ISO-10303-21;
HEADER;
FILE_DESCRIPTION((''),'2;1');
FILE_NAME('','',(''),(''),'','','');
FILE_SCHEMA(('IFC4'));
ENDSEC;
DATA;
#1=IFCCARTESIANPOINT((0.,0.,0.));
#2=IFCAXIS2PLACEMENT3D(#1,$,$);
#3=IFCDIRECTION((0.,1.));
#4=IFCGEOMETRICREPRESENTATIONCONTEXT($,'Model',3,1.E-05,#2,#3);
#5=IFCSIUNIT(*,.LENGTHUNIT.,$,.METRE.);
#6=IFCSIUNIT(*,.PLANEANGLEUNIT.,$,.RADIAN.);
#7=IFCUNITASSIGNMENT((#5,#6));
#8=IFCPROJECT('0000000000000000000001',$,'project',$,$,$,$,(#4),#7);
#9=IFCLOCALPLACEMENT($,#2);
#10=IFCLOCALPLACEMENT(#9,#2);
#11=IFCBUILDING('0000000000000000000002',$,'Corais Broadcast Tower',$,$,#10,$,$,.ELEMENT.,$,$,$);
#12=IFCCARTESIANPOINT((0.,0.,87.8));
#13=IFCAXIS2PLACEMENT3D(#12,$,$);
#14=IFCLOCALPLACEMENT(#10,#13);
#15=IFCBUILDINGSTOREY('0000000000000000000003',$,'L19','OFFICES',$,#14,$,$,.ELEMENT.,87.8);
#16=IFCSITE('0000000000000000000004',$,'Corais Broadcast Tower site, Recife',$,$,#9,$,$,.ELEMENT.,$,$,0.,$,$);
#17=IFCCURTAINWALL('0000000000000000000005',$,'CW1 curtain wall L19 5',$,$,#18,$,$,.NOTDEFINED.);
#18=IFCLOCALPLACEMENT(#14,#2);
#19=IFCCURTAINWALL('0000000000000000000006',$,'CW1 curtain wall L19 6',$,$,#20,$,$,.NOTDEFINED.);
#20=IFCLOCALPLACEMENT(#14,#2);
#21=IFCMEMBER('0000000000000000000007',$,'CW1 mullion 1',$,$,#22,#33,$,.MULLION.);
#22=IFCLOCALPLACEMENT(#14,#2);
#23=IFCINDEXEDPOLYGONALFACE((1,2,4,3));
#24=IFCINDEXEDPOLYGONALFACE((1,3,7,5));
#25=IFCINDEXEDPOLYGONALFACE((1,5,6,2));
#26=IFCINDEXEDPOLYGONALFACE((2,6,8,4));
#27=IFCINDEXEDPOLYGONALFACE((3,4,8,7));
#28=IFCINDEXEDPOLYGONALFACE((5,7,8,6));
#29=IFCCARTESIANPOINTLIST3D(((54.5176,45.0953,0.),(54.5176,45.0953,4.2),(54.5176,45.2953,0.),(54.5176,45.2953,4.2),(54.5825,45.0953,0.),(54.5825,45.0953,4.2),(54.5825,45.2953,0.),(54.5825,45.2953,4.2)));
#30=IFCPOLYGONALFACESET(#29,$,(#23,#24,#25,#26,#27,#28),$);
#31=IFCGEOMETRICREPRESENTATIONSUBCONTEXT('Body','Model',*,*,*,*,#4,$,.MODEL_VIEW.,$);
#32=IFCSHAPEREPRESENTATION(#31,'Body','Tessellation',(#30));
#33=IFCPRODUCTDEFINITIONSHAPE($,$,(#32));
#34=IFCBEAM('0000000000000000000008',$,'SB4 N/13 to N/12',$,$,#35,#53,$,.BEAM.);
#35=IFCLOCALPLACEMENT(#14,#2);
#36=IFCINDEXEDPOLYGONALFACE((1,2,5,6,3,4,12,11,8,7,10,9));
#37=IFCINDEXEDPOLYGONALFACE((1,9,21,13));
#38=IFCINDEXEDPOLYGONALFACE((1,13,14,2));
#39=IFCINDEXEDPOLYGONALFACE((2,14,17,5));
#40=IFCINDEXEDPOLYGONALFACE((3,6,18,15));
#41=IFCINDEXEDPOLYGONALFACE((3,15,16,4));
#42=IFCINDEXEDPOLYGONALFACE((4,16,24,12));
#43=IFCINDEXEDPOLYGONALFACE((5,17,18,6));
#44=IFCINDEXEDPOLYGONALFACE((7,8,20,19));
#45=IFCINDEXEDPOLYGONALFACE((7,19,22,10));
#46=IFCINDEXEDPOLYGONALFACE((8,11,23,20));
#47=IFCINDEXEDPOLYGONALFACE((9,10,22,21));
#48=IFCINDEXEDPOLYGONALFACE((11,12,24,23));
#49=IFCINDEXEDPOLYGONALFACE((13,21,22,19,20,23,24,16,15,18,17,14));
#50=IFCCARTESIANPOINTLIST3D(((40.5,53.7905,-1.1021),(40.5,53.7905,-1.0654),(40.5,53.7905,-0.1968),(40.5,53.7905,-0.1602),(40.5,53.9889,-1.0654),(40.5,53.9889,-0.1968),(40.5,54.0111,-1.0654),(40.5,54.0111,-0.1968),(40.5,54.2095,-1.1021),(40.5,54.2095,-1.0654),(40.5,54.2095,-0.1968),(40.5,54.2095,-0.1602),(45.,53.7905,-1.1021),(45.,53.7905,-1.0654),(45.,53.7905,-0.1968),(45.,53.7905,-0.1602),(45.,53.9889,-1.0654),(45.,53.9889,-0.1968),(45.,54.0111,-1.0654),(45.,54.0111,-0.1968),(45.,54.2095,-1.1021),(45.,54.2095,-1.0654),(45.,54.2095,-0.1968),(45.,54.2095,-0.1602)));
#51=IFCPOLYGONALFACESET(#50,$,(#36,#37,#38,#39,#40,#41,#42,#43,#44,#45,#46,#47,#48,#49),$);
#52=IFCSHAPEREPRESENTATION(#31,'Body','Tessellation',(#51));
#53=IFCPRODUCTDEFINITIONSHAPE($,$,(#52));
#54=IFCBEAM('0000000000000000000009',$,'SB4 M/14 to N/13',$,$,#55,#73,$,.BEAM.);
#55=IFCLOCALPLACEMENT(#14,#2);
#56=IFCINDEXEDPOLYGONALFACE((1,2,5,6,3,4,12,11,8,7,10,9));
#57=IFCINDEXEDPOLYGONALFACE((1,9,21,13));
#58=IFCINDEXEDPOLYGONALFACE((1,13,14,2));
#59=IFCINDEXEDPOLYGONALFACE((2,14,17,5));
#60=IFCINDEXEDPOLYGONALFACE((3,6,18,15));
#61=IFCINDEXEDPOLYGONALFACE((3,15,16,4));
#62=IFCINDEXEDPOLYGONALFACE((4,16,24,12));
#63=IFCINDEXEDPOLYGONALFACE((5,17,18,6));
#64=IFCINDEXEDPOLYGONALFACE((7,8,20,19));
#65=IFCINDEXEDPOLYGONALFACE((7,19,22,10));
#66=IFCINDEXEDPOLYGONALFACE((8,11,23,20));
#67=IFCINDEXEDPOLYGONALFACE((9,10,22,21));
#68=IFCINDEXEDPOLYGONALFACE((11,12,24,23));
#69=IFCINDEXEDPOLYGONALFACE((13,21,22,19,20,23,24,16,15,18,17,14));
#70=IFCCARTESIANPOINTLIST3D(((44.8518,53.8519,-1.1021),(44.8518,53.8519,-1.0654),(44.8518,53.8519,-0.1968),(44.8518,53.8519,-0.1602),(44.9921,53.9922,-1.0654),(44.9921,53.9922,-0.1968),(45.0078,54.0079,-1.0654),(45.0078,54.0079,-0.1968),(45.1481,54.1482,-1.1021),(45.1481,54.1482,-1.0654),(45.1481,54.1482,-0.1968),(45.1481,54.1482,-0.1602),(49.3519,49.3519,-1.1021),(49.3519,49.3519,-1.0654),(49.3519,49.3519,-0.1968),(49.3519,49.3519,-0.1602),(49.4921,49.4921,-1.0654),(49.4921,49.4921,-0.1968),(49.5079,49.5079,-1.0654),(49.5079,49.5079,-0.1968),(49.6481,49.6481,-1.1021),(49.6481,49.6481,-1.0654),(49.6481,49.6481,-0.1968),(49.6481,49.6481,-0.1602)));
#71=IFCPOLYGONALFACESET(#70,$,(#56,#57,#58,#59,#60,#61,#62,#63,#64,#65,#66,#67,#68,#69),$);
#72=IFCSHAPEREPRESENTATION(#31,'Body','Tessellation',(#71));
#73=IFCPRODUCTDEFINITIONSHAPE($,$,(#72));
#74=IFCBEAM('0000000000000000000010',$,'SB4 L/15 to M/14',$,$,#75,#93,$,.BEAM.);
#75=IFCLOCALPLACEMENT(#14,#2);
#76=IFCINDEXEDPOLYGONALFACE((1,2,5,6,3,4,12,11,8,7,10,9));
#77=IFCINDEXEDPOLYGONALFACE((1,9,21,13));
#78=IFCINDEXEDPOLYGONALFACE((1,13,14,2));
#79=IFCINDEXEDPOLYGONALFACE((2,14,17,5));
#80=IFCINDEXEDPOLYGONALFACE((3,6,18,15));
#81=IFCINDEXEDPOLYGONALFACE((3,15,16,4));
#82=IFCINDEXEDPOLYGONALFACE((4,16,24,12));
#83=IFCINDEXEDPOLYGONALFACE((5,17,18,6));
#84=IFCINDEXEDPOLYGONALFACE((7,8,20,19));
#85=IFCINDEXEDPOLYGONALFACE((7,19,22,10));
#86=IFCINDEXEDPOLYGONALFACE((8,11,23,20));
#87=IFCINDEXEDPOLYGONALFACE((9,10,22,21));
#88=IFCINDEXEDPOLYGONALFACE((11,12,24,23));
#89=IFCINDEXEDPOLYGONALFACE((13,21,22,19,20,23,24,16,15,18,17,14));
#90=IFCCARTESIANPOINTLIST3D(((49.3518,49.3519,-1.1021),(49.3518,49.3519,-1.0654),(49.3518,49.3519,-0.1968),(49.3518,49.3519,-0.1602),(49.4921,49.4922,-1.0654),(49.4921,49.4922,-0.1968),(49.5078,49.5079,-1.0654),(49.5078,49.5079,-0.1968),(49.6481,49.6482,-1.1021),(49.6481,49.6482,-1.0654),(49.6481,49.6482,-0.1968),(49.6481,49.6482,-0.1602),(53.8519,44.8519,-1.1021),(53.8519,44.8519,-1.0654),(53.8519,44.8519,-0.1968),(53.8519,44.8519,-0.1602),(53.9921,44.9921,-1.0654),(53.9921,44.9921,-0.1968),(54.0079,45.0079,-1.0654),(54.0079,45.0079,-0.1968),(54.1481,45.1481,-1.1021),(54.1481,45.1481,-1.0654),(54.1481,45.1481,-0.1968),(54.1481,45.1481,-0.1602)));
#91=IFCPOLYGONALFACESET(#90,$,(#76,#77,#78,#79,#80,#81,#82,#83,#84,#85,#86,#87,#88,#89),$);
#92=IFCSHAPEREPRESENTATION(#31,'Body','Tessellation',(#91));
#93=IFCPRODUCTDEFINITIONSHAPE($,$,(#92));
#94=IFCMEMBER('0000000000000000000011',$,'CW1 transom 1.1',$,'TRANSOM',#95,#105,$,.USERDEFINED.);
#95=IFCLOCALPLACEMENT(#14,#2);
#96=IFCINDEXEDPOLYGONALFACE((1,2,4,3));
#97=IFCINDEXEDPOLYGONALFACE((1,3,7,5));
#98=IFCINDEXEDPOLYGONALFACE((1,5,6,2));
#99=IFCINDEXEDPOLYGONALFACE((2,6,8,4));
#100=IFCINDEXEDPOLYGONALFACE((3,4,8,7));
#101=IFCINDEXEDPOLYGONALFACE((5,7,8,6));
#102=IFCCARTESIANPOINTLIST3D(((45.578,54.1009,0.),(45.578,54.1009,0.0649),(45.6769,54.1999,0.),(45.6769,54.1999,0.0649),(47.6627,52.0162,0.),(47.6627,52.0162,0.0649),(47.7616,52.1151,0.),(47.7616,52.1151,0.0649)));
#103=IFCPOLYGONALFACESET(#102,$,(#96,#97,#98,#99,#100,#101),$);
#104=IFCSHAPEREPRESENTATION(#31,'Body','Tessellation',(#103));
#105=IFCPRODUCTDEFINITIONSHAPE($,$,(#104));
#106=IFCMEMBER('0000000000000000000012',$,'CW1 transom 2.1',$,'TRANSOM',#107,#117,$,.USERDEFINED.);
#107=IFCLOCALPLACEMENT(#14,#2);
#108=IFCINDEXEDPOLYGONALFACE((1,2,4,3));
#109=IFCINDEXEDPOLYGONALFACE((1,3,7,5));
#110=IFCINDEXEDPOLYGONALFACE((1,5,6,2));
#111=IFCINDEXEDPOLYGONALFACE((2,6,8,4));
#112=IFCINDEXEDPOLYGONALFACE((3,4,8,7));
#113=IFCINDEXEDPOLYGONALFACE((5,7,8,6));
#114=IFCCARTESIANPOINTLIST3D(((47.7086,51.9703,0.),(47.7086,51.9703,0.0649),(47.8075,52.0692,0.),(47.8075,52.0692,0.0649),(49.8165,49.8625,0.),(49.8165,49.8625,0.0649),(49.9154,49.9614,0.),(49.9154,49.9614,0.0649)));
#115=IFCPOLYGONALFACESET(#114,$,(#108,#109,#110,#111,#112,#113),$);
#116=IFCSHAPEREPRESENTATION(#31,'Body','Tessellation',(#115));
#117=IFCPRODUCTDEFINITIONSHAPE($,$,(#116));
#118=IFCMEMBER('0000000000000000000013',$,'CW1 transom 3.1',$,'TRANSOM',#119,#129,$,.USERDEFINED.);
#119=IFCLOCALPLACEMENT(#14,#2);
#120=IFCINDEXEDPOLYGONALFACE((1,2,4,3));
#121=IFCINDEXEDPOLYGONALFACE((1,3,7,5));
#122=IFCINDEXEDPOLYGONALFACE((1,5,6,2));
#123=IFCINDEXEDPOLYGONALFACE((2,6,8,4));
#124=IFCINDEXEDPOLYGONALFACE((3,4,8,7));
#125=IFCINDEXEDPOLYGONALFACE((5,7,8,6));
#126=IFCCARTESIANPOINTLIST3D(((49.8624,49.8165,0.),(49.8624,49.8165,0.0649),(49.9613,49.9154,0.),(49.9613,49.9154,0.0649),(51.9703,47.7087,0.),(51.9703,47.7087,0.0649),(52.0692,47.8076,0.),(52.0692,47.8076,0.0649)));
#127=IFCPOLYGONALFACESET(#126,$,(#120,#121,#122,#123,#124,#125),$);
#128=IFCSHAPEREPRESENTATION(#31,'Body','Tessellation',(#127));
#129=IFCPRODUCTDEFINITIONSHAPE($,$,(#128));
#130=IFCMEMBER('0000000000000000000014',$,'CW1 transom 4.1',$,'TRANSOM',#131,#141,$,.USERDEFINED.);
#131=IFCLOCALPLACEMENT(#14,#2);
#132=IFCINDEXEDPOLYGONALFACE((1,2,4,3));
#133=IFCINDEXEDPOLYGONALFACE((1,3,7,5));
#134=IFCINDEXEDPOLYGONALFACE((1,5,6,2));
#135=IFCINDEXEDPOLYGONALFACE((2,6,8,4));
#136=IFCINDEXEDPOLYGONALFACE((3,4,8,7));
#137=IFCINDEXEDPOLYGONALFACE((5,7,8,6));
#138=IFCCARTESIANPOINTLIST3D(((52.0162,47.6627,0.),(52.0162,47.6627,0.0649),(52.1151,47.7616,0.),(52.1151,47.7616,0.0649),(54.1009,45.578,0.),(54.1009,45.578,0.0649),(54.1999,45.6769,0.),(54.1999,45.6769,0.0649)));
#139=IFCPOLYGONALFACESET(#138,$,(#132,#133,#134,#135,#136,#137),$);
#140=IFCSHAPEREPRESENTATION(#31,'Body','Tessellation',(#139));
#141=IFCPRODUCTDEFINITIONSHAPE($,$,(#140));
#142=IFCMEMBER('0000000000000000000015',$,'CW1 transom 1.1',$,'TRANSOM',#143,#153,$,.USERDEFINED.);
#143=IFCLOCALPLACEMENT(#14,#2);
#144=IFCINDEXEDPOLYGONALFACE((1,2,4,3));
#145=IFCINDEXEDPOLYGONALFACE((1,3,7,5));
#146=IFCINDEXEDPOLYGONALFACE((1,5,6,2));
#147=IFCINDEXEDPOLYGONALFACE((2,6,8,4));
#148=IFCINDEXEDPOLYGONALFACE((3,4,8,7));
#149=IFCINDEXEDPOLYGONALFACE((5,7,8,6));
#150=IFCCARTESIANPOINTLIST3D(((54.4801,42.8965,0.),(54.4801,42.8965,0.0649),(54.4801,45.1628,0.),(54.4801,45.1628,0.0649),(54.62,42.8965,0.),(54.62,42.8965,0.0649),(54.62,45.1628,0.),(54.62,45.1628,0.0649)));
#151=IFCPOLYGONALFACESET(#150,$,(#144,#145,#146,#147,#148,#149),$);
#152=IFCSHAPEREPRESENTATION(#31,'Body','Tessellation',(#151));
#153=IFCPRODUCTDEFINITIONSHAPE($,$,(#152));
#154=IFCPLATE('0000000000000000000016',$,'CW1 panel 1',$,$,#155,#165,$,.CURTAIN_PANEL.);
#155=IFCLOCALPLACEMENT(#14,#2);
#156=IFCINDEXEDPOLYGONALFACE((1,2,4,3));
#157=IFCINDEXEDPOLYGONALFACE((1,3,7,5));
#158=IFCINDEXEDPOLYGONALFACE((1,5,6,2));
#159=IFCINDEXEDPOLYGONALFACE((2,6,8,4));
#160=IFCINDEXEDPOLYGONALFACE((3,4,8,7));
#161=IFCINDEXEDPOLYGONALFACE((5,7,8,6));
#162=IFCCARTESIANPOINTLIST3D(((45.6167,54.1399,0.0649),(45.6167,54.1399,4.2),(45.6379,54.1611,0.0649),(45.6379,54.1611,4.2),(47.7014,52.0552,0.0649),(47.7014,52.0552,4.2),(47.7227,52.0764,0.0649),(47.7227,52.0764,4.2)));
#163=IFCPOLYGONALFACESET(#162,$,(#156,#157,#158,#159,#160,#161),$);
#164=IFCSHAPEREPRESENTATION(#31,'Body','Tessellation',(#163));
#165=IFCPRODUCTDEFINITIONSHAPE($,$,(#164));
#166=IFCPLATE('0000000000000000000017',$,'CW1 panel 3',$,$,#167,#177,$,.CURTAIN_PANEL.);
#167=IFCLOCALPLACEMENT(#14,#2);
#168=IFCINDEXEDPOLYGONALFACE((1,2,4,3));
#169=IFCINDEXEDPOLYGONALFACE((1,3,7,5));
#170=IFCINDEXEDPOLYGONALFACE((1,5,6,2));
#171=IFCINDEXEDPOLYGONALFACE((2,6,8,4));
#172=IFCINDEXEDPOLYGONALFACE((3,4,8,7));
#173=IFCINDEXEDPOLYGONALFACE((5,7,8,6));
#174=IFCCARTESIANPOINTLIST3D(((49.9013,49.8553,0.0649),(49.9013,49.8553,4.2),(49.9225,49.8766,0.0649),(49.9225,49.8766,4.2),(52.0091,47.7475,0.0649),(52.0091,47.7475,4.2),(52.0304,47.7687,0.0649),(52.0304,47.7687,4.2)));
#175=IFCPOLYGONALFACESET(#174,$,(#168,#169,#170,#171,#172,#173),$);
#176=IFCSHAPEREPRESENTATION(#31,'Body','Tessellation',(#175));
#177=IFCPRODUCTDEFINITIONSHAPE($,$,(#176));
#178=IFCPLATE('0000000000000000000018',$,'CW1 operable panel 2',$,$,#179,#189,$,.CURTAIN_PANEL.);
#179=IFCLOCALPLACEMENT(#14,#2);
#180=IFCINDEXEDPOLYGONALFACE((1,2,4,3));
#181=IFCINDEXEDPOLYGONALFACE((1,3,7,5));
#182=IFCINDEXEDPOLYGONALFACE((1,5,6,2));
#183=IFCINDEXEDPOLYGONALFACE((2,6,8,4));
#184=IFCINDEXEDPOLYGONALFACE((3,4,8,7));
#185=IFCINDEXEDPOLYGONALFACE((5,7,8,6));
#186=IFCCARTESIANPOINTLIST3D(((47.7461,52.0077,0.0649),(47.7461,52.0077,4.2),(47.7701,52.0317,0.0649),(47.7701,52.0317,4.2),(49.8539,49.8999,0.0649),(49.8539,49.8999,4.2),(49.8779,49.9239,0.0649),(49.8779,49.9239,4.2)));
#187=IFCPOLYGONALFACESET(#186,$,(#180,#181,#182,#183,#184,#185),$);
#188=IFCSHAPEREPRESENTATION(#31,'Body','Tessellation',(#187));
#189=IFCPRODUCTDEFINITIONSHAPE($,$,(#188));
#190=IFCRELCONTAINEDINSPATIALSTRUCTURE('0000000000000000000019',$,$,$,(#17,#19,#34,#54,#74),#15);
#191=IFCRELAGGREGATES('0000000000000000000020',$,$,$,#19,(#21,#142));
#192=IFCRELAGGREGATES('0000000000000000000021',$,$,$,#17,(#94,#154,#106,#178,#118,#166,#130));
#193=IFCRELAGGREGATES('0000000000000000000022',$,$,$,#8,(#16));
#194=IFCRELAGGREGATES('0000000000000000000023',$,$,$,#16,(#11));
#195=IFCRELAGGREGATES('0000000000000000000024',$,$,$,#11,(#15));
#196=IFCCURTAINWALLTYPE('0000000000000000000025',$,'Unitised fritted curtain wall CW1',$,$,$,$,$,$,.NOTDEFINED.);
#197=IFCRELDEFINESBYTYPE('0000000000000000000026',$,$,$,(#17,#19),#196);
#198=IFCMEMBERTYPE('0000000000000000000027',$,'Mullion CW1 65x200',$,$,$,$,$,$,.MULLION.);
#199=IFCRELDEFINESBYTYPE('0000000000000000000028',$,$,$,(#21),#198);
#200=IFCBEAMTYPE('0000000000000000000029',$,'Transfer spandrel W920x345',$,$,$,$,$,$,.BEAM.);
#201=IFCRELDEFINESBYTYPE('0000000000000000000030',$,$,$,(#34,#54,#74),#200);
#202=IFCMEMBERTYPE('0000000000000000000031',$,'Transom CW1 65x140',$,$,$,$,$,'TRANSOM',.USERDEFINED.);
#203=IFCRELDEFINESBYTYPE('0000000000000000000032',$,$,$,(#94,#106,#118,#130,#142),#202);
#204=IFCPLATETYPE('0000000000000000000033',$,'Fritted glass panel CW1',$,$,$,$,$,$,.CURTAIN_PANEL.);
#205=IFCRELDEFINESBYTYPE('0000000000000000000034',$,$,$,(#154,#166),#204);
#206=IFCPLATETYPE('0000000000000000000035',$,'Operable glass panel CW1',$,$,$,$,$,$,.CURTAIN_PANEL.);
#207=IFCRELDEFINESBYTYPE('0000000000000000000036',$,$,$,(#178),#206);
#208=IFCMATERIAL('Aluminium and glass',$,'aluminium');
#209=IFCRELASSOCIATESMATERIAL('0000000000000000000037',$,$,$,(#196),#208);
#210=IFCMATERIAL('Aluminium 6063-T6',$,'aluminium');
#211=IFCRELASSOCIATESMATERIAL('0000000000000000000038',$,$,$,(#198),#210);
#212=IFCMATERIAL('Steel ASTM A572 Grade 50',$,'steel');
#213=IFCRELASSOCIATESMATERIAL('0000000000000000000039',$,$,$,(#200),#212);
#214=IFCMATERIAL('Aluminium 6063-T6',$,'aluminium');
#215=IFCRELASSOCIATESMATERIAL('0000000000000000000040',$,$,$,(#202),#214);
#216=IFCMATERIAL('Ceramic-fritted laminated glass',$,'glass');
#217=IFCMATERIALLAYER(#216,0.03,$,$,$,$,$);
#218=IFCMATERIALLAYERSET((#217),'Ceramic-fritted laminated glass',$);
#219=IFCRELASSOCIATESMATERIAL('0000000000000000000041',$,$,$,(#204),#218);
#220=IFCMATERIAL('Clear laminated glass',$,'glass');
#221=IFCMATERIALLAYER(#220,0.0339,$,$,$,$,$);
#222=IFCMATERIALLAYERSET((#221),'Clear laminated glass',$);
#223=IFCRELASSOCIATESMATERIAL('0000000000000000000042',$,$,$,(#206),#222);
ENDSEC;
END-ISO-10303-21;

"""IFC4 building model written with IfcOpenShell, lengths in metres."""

from ifc_helpers import new_model, si_unit, direction, frame, origin, origin_2d, place, context, subcontext, project, spatial, rectangle, i_section, extrude, material, layer, layer_set, material_profile, profile_set, type_object, element, aggregate, save


model = new_model("IFC4")

# Units and contexts
model_context = context("Model", 3, precision=1e-05, world=origin(), true_north=direction((0.0, 1.0)))
body_context = subcontext(model_context, "Body", "Model", "MODEL_VIEW")
ifc_project = project(units=[si_unit("LENGTHUNIT", "METRE"), si_unit("PLANEANGLEUNIT", "RADIAN")], contexts=[model_context])

# Site, building, storey
site_placement = place(None, origin())
site = spatial("IfcSite", under=ifc_project, at=site_placement, Name="Corais Broadcast Tower site, Recife", CompositionType="ELEMENT", RefElevation=0.0)
building_placement = place(site_placement, origin())
building = spatial("IfcBuilding", under=site, at=building_placement, Name="Corais Broadcast Tower", CompositionType="ELEMENT")
storey_placement = place(building_placement, frame((0.0, 0.0, 87.8)))
storey = spatial("IfcBuildingStorey", under=building, at=storey_placement, Name="L19", Description="OFFICES", CompositionType="ELEMENT", Elevation=87.8)

# Shared definitions
ifc_material_1 = material(Name="Aluminium and glass", Category="aluminium")
curtain_wall_type = type_object("IfcCurtainWallType", Name="Unitised fritted curtain wall CW1", PredefinedType="NOTDEFINED", material=ifc_material_1)
ifc_material_2 = material(Name="Aluminium 6063-T6", Category="aluminium")
ifc_material_profile_1 = material_profile(ifc_material_2, rectangle(XDim=0.0649, YDim=0.2, at=origin_2d()), Name="Mullion CW1 65x200")
ifc_profile_set_1 = profile_set([ifc_material_profile_1], Name="Aluminium 6063-T6")
member_type_1 = type_object("IfcMemberType", Name="Mullion CW1 65x200", PredefinedType="MULLION", material=ifc_profile_set_1)

# Curtain wall
curtain_wall_1_placement = place(storey_placement, origin())
curtain_wall_1 = element("IfcCurtainWall", 1, at=curtain_wall_1_placement, inside=storey, type_object=curtain_wall_type, Name="CW1 curtain wall L19 5", PredefinedType="NOTDEFINED")

# Curtain wall, member
curtain_wall_2_placement = place(storey_placement, origin())
curtain_wall_2 = element("IfcCurtainWall", 2, at=curtain_wall_2_placement, inside=storey, type_object=curtain_wall_type, Name="CW1 curtain wall L19 6", PredefinedType="NOTDEFINED")
member_1_placement = place(storey_placement, frame((54.55, 45.1953, 0.0), z_axis=(0.0, 0.0, 1.0), x_axis=(1.0, 0.0, 0.0)))
member_1 = element("IfcMember", 3, at=member_1_placement, type_object=member_type_1, Name="CW1 mullion 1", PredefinedType="MULLION", context=body_context, shape_type="SweptSolid", body=[
    extrude(rectangle(XDim=0.0649, YDim=0.2, at=origin_2d()), origin(), (0.0, 0.0, 1.0), 4.2),
])

# Beams
ifc_material_3 = material(Name="Steel ASTM A572 Grade 50", Category="steel")
ifc_material_profile_2 = material_profile(ifc_material_3, i_section(OverallWidth=0.4189, OverallDepth=0.9419, WebThickness=0.0222, FlangeThickness=0.0366, at=origin_2d()), Name="W920x345")
ifc_profile_set_2 = profile_set([ifc_material_profile_2], Name="Steel ASTM A572 Grade 50")
beam_type_1 = type_object("IfcBeamType", Name="Transfer spandrel W920x345", PredefinedType="BEAM", material=ifc_profile_set_2)
beam_1_placement = place(storey_placement, frame((45.0, 54.0, -0.6311), z_axis=(-1.0, 0.0, 0.0), x_axis=(0.0, -1.0, 0.0)))
element("IfcBeam", 4, at=beam_1_placement, inside=storey, type_object=beam_type_1, Name="SB4 N/13 to N/12", PredefinedType="BEAM", context=body_context, shape_type="SweptSolid", body=[
    extrude(i_section(OverallWidth=0.4189, OverallDepth=0.9419, WebThickness=0.0222, FlangeThickness=0.0366, at=origin_2d()), origin(), (0.0, 0.0, 1.0), 4.5),
])
for number, where, z_axis, x_axis, name in (
    (5, (49.5, 49.5, -0.6311), (-0.707107, 0.707107, 0.0), (-0.707107, -0.707107, 0.0), "SB4 M/14 to N/13"),
    (6, (54.0, 45.0, -0.6311), (-0.707107, 0.707107, 0.0), (-0.707107, -0.707107, 0.0), "SB4 L/15 to M/14"),
):
    element("IfcBeam", number, at=place(storey_placement, frame(where, z_axis=z_axis, x_axis=x_axis)), inside=storey, type_object=beam_type_1, Name=name, PredefinedType="BEAM", context=body_context, shape_type="SweptSolid", body=[
        extrude(i_section(OverallWidth=0.4189, OverallDepth=0.9419, WebThickness=0.0222, FlangeThickness=0.0366, at=origin_2d()), origin(), (0.0, 0.0, 1.0), 6.364),
    ])

# Members
ifc_material_4 = material(Name="Aluminium 6063-T6", Category="aluminium")
ifc_material_profile_3 = material_profile(ifc_material_4, rectangle(XDim=0.1399, YDim=0.0649, at=origin_2d()), Name="Transom CW1 65x140")
ifc_profile_set_3 = profile_set([ifc_material_profile_3], Name="Aluminium 6063-T6")
member_type_2 = type_object("IfcMemberType", Name="Transom CW1 65x140", ElementType="TRANSOM", PredefinedType="USERDEFINED", material=ifc_profile_set_3)
member_2_placement = place(storey_placement, frame((45.6274, 54.1504, 0.0325), z_axis=(0.707107, -0.707107, 0.0), x_axis=(0.707107, 0.707107, 0.0)))
member_2 = element("IfcMember", 7, at=member_2_placement, type_object=member_type_2, Name="CW1 transom 1.1", ObjectType="TRANSOM", PredefinedType="USERDEFINED", context=body_context, shape_type="SweptSolid", body=[
    extrude(rectangle(XDim=0.1399, YDim=0.0649, at=origin_2d()), origin(), (0.0, 0.0, 1.0), 2.9482),
])
member_3_placement = place(storey_placement, frame((47.7581, 52.0198, 0.0325), z_axis=(0.707107, -0.707107, 0.0), x_axis=(0.707107, 0.707107, 0.0)))
member_3 = element("IfcMember", 8, at=member_3_placement, type_object=member_type_2, Name="CW1 transom 2.1", ObjectType="TRANSOM", PredefinedType="USERDEFINED", context=body_context, shape_type="SweptSolid", body=[
    extrude(rectangle(XDim=0.1399, YDim=0.0649, at=origin_2d()), origin(), (0.0, 0.0, 1.0), 2.981),
])
member_4_placement = place(storey_placement, frame((49.9119, 49.866, 0.0325), z_axis=(0.707107, -0.707107, 0.0), x_axis=(0.707107, 0.707107, 0.0)))
member_4 = element("IfcMember", 9, at=member_4_placement, type_object=member_type_2, Name="CW1 transom 3.1", ObjectType="TRANSOM", PredefinedType="USERDEFINED", context=body_context, shape_type="SweptSolid", body=[
    extrude(rectangle(XDim=0.1399, YDim=0.0649, at=origin_2d()), origin(), (0.0, 0.0, 1.0), 2.981),
])
member_5_placement = place(storey_placement, frame((52.0657, 47.7122, 0.0325), z_axis=(0.707107, -0.707107, 0.0), x_axis=(0.707107, 0.707107, 0.0)))
member_5 = element("IfcMember", 10, at=member_5_placement, type_object=member_type_2, Name="CW1 transom 4.1", ObjectType="TRANSOM", PredefinedType="USERDEFINED", context=body_context, shape_type="SweptSolid", body=[
    extrude(rectangle(XDim=0.1399, YDim=0.0649, at=origin_2d()), origin(), (0.0, 0.0, 1.0), 2.9482),
])
member_6_placement = place(storey_placement, frame((54.55, 45.1628, 0.0325), z_axis=(0.0, -1.0, 0.0), x_axis=(1.0, 0.0, 0.0)))
member_6 = element("IfcMember", 11, at=member_6_placement, type_object=member_type_2, Name="CW1 transom 1.1", ObjectType="TRANSOM", PredefinedType="USERDEFINED", context=body_context, shape_type="SweptSolid", body=[
    extrude(rectangle(XDim=0.1399, YDim=0.0649, at=origin_2d()), origin(), (0.0, 0.0, 1.0), 2.2664),
])
aggregate(curtain_wall_2, [member_1, member_6])

# Plates
ifc_material_5 = material(Name="Ceramic-fritted laminated glass", Category="glass")
ifc_layer_1 = layer(ifc_material_5, 0.03)
ifc_layer_set_1 = layer_set([ifc_layer_1], Name="Ceramic-fritted laminated glass")
plate_type_1 = type_object("IfcPlateType", Name="Fritted glass panel CW1", PredefinedType="CURTAIN_PANEL", material=ifc_layer_set_1)
plate_1_placement = place(storey_placement, frame((46.6697, 53.1082, 0.0649), z_axis=(0.0, 0.0, 1.0), x_axis=(0.707107, -0.707107, 0.0)))
plate_1 = element("IfcPlate", 12, at=plate_1_placement, type_object=plate_type_1, Name="CW1 panel 1", PredefinedType="CURTAIN_PANEL", context=body_context, shape_type="SweptSolid", body=[
    extrude(rectangle(XDim=2.9482, YDim=0.03, at=origin_2d()), origin(), (0.0, 0.0, 1.0), 4.135),
])
plate_2_placement = place(storey_placement, frame((50.9658, 48.812, 0.0649), z_axis=(0.0, 0.0, 1.0), x_axis=(0.707107, -0.707107, 0.0)))
plate_2 = element("IfcPlate", 13, at=plate_2_placement, type_object=plate_type_1, Name="CW1 panel 3", PredefinedType="CURTAIN_PANEL", context=body_context, shape_type="SweptSolid", body=[
    extrude(rectangle(XDim=2.981, YDim=0.03, at=origin_2d()), origin(), (0.0, 0.0, 1.0), 4.135),
])
ifc_material_6 = material(Name="Clear laminated glass", Category="glass")
ifc_layer_2 = layer(ifc_material_6, 0.0339)
ifc_layer_set_2 = layer_set([ifc_layer_2], Name="Clear laminated glass")
plate_type_2 = type_object("IfcPlateType", Name="Operable glass panel CW1", PredefinedType="CURTAIN_PANEL", material=ifc_layer_set_2)
plate_3_placement = place(storey_placement, frame((48.812, 50.9658, 0.0649), z_axis=(0.0, 0.0, 1.0), x_axis=(0.707107, -0.707107, 0.0)))
plate_3 = element("IfcPlate", 14, at=plate_3_placement, type_object=plate_type_2, Name="CW1 operable panel 2", PredefinedType="CURTAIN_PANEL", context=body_context, shape_type="SweptSolid", body=[
    extrude(rectangle(XDim=2.981, YDim=0.0339, at=origin_2d()), origin(), (0.0, 0.0, 1.0), 4.135),
])
aggregate(curtain_wall_1, [member_2, plate_1, member_3, plate_3, member_4, plate_2, member_5])

save(model, "model.ifc")
